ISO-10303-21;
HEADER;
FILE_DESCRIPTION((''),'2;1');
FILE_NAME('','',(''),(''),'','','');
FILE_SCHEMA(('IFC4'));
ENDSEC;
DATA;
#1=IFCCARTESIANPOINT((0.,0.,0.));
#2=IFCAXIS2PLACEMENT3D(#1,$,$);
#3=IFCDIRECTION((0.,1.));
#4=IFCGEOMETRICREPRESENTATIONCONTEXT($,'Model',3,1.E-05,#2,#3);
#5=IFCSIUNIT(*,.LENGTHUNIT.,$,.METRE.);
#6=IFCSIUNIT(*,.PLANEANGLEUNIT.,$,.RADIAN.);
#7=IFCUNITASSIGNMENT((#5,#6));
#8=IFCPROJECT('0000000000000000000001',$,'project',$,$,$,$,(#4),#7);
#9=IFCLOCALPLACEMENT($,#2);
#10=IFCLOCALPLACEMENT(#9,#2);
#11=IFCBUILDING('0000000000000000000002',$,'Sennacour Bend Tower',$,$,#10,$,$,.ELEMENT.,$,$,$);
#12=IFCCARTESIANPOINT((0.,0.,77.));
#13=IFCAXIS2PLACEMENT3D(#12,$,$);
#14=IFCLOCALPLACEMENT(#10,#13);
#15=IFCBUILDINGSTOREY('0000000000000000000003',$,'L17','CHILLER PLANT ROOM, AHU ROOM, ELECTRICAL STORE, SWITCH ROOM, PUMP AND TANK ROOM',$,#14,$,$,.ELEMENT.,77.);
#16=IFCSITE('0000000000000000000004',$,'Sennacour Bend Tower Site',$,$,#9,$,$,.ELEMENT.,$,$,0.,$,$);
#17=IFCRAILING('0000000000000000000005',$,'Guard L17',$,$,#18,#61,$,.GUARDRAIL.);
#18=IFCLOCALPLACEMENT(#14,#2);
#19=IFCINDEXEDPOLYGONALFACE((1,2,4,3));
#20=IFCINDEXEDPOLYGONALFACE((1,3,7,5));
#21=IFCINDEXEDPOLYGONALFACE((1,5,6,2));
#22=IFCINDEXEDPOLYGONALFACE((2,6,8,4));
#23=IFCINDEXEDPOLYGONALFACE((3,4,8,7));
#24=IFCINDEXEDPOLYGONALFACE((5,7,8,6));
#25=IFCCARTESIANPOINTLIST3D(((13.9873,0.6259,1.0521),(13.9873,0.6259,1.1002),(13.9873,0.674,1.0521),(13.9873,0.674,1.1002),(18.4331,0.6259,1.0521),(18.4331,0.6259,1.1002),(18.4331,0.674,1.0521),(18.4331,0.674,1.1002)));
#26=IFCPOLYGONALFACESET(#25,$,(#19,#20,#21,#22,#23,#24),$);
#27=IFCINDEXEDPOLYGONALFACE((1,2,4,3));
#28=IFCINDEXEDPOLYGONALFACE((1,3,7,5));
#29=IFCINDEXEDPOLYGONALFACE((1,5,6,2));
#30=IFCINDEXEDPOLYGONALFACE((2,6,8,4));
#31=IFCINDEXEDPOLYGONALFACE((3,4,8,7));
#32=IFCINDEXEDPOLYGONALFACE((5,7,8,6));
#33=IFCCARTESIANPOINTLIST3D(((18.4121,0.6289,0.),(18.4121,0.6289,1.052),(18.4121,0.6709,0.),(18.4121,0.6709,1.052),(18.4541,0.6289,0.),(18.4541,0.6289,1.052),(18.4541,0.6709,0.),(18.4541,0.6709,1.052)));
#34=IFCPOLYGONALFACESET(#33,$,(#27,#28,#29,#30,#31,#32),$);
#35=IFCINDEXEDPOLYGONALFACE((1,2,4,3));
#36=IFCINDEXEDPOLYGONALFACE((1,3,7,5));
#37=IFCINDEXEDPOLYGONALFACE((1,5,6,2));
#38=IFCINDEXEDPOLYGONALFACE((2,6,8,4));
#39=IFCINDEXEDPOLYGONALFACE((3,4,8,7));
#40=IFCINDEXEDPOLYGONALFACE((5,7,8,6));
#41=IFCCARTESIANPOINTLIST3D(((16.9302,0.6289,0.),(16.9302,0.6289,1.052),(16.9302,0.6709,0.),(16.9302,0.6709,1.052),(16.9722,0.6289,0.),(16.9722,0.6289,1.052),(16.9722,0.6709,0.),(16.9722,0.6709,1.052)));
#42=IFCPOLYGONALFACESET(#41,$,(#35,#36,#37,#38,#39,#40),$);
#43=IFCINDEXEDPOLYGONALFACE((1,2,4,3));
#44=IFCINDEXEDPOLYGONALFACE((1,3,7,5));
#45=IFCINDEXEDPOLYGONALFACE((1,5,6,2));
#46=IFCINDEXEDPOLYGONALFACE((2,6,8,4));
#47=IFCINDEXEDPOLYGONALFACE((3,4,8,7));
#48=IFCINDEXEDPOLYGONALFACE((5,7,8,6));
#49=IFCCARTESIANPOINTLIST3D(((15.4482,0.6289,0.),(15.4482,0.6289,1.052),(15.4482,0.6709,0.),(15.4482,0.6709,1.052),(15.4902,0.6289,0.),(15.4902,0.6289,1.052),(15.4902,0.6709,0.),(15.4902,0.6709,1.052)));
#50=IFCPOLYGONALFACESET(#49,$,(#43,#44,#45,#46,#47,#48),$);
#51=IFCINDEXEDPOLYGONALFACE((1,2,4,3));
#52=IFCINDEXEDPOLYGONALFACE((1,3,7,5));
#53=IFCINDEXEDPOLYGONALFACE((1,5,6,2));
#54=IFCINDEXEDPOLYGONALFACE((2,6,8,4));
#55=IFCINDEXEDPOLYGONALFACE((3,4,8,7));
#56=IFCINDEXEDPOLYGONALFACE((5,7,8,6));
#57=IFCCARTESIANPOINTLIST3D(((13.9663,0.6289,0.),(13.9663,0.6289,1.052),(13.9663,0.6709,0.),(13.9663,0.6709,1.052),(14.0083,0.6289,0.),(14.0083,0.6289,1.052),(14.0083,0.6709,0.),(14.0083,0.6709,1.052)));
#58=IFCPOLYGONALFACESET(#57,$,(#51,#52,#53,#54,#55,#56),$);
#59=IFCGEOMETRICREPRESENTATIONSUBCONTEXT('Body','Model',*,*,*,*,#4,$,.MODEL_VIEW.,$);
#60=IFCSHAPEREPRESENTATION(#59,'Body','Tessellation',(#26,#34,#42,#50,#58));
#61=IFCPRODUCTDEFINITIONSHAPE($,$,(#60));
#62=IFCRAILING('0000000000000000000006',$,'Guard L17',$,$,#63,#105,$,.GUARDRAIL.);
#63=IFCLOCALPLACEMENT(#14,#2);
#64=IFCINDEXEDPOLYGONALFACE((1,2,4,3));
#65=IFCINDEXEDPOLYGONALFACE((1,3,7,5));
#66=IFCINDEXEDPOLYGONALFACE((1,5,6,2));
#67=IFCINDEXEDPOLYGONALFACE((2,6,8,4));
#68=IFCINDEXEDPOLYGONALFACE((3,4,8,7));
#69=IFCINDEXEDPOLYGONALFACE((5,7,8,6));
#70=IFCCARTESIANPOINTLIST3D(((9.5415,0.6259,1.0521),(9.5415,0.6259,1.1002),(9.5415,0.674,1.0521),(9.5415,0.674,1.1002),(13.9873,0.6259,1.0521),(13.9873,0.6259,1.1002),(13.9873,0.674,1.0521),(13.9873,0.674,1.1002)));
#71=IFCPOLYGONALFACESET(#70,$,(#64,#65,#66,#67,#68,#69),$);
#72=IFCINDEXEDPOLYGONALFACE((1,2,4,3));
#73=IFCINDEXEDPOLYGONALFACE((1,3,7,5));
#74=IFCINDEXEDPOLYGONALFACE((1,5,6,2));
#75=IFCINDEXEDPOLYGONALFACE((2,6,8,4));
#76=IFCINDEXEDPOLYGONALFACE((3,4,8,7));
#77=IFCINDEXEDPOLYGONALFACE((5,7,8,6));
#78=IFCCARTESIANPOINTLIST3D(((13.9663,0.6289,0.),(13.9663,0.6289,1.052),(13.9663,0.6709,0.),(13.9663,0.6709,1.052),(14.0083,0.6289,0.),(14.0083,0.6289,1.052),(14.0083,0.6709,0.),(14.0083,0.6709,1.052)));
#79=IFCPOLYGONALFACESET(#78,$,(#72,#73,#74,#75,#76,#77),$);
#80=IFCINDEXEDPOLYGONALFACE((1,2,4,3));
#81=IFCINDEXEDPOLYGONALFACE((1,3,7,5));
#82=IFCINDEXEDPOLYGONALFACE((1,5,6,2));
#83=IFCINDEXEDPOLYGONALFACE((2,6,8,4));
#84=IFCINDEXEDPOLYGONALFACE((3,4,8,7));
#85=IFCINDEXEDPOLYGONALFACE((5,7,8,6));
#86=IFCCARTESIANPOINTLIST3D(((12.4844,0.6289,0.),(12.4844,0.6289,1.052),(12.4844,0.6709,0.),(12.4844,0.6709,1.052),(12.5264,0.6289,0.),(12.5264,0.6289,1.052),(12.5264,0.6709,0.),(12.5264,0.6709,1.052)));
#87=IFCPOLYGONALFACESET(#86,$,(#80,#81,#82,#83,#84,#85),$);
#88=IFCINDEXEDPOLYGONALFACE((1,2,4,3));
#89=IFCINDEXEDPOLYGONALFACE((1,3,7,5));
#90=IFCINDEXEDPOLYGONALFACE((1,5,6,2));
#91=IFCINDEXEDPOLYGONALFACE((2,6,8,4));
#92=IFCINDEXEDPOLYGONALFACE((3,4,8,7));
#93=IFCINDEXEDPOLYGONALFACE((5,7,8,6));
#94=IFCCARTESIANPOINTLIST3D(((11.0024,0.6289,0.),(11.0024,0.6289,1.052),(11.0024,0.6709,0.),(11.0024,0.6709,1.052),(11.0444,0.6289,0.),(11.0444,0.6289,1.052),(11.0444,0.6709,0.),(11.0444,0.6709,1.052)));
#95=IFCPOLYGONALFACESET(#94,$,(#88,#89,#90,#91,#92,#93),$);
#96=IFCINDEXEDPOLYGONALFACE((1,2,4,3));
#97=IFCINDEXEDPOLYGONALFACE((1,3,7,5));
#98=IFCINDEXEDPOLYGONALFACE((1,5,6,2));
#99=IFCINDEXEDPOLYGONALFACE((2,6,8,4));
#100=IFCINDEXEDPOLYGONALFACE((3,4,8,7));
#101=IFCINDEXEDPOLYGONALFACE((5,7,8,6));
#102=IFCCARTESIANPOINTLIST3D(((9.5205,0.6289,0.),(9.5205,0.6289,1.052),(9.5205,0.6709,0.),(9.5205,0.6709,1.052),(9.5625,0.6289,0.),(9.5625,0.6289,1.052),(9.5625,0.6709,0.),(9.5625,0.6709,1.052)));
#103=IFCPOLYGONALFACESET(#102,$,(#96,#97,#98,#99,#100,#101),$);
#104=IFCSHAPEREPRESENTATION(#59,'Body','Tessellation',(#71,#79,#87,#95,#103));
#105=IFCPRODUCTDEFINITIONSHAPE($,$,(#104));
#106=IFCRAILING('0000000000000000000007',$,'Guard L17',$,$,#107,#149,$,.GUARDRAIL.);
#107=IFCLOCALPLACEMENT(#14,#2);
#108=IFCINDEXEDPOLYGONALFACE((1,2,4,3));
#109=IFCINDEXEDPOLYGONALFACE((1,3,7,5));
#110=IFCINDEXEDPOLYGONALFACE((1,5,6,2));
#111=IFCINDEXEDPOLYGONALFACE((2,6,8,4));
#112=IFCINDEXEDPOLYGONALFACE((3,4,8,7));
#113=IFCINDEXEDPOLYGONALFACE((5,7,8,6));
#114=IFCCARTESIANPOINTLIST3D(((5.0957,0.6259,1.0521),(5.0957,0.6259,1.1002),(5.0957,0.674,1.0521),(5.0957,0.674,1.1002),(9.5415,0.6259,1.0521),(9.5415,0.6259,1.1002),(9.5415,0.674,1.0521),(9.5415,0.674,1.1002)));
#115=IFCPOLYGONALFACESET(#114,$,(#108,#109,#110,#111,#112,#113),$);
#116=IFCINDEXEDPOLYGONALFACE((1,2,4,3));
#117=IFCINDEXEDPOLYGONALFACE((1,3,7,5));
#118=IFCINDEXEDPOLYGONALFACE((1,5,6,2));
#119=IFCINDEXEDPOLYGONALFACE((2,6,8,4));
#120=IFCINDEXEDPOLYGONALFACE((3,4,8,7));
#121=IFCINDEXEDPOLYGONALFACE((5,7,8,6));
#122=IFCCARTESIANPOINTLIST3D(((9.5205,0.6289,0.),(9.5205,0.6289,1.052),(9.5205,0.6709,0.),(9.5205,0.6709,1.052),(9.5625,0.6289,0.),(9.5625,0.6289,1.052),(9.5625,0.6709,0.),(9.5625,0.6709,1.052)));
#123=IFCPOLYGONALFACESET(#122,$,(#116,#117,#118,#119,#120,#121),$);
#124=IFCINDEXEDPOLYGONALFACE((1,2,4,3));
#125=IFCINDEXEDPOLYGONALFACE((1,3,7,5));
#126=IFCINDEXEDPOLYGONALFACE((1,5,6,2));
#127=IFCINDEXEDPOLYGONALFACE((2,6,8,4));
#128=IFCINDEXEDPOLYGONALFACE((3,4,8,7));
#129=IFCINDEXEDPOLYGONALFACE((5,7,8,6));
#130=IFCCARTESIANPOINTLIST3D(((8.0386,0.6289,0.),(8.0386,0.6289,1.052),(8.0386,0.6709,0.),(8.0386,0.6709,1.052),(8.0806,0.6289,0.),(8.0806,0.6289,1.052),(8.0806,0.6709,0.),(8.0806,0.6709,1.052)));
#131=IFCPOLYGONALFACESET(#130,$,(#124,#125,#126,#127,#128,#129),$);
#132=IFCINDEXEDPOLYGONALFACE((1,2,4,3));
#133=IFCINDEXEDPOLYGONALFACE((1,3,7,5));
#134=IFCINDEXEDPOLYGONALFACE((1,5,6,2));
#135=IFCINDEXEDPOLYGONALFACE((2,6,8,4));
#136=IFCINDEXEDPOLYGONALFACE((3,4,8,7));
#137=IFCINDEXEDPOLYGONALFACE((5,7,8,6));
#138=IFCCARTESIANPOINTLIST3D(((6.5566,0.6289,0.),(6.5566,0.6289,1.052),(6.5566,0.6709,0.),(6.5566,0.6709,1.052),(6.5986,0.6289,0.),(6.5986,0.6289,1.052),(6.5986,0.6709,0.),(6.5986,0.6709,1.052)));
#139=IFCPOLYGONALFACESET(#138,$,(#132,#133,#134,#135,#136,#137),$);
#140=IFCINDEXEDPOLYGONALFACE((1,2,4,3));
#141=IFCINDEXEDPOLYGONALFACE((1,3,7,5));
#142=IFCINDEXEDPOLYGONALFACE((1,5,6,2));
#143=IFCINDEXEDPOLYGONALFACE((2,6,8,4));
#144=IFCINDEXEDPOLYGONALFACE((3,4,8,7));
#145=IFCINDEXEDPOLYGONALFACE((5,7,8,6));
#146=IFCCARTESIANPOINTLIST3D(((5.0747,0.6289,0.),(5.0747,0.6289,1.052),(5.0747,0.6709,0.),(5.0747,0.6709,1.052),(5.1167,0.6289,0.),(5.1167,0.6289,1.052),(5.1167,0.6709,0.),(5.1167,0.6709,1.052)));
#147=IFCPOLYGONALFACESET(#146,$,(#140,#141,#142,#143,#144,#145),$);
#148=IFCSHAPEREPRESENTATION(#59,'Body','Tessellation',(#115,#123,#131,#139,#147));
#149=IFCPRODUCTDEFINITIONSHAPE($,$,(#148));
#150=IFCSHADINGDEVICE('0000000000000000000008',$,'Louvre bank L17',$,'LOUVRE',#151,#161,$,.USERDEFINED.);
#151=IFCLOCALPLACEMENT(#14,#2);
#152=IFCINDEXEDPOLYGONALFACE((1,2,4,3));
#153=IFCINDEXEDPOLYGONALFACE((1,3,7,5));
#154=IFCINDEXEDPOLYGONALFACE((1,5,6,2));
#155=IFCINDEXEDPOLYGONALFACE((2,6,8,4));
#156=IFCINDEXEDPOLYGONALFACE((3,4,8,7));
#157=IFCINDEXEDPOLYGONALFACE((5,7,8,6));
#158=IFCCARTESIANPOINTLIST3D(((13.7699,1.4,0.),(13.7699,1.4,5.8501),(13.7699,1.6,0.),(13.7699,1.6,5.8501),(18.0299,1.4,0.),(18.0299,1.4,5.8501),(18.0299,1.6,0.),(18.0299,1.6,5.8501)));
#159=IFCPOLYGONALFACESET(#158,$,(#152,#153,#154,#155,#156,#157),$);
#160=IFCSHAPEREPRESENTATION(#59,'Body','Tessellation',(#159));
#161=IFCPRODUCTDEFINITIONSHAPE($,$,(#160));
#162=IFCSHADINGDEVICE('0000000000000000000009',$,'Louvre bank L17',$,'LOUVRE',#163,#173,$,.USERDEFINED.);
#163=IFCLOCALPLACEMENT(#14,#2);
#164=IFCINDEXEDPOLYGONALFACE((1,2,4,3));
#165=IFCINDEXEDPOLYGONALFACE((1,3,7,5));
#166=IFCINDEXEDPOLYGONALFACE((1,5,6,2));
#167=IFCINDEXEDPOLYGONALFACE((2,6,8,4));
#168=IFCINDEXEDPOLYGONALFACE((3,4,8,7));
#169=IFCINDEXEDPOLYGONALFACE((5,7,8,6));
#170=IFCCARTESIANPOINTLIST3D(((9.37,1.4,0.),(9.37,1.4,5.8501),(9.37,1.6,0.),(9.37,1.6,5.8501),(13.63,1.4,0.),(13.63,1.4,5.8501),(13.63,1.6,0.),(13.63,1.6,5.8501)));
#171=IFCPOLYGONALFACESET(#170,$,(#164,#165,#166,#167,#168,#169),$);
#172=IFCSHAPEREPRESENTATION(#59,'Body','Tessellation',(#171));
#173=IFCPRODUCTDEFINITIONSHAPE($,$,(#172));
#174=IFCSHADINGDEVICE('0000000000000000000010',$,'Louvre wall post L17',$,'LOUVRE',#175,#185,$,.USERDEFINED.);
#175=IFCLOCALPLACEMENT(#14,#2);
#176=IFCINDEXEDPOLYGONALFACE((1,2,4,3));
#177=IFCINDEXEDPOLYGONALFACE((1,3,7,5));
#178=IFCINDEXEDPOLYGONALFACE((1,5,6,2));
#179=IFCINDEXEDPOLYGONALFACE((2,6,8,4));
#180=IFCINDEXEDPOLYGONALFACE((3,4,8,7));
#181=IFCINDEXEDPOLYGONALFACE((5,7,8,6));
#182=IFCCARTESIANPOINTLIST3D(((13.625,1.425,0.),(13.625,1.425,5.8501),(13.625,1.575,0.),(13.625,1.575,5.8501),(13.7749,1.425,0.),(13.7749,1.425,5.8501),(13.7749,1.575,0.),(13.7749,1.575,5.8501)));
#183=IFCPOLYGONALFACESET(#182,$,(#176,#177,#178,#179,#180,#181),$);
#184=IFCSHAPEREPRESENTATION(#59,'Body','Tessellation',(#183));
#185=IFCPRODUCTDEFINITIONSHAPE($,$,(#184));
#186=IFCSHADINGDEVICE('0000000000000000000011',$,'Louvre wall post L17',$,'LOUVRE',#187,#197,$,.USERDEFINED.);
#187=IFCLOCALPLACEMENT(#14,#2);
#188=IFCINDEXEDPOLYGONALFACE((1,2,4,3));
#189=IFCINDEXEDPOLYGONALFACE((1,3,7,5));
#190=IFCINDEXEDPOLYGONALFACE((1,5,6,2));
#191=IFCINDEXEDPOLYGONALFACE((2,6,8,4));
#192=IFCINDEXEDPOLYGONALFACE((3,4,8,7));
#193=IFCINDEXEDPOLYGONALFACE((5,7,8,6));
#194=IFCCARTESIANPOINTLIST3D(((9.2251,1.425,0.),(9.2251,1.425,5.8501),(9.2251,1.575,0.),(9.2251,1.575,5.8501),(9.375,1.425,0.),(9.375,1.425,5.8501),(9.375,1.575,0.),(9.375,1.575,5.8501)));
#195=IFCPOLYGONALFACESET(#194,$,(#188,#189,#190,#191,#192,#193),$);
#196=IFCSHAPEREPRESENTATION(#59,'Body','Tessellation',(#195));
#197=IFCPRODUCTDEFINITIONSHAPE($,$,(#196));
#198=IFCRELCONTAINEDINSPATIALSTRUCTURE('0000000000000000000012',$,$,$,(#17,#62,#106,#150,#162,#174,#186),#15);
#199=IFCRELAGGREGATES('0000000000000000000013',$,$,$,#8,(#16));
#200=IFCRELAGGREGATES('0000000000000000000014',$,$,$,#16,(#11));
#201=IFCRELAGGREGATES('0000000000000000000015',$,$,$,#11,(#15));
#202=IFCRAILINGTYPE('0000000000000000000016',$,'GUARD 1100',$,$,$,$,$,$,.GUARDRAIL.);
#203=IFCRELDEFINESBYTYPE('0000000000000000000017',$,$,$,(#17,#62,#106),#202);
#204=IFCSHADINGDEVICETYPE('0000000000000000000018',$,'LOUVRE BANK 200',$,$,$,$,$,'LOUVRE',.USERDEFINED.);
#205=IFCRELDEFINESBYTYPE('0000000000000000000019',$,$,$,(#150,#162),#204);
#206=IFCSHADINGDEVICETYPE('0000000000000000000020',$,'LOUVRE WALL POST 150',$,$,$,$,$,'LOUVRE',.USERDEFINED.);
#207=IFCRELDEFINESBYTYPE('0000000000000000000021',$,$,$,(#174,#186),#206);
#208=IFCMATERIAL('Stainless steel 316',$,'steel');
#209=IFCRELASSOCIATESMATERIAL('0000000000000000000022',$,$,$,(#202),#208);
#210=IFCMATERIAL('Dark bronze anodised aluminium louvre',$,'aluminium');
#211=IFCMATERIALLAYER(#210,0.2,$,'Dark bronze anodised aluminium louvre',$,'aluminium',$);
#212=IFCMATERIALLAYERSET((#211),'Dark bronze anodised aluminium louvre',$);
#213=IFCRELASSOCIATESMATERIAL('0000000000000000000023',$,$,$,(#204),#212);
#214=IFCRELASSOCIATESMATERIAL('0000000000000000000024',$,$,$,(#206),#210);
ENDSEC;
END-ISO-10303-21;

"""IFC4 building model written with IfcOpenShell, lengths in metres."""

from ifc_helpers import new_model, si_unit, direction, frame, origin, origin_2d, place, context, subcontext, project, spatial, rectangle, extrude, material, layer, layer_set, type_object, element, save


model = new_model("IFC4")

# Units and contexts
model_context = context("Model", 3, precision=1e-05, world=origin(), true_north=direction((0.0, 1.0)))
body_context = subcontext(model_context, "Body", "Model", "MODEL_VIEW")
ifc_project = project(units=[si_unit("LENGTHUNIT", "METRE"), si_unit("PLANEANGLEUNIT", "RADIAN")], contexts=[model_context])

# Site, building, storey
site_placement = place(None, origin())
site = spatial("IfcSite", under=ifc_project, at=site_placement, Name="Sennacour Bend Tower Site", CompositionType="ELEMENT", RefElevation=0.0)
building_placement = place(site_placement, origin())
building = spatial("IfcBuilding", under=site, at=building_placement, Name="Sennacour Bend Tower", CompositionType="ELEMENT")
storey_placement = place(building_placement, frame((0.0, 0.0, 77.0)))
storey = spatial("IfcBuildingStorey", under=building, at=storey_placement, Name="L17", Description="CHILLER PLANT ROOM, AHU ROOM, ELECTRICAL STORE, SWITCH ROOM, PUMP AND TANK ROOM", CompositionType="ELEMENT", Elevation=77.0)

# Railings
ifc_material_1 = material(Name="Stainless steel 316", Category="steel")
railing_type = type_object("IfcRailingType", Name="GUARD 1100", PredefinedType="GUARDRAIL", material=ifc_material_1)
for number, where, name in (
    (1, (18.4331, 0.6499, 0.0), "Guard L17"),
    (2, (13.9873, 0.6499, 0.0), "Guard L17"),
    (3, (9.5415, 0.6499, 0.0), "Guard L17"),
):
    element("IfcRailing", number, at=place(storey_placement, frame(where)), inside=storey, type_object=railing_type, Name=name, PredefinedType="GUARDRAIL", context=body_context, shape_type="SweptSolid", body=[
        extrude(rectangle(XDim=0.0481, YDim=0.0481, at=origin_2d()), frame((0.0, 0.0, 1.0762), z_axis=(-1.0, 0.0, 0.0), x_axis=(0.0, -1.0, 0.0)), (0.0, 0.0, 1.0), 4.4458),
        extrude(rectangle(XDim=0.042, YDim=0.042, at=origin_2d()), origin(), (0.0, 0.0, 1.0), 1.052),
        extrude(rectangle(XDim=0.042, YDim=0.042, at=origin_2d()), frame((-1.4819, 0.0, 0.0)), (0.0, 0.0, 1.0), 1.052),
        extrude(rectangle(XDim=0.042, YDim=0.042, at=origin_2d()), frame((-2.9639, 0.0, 0.0)), (0.0, 0.0, 1.0), 1.052),
        extrude(rectangle(XDim=0.042, YDim=0.042, at=origin_2d()), frame((-4.4458, 0.0, 0.0)), (0.0, 0.0, 1.0), 1.052),
    ])

# Shading devices
ifc_material_2 = material(Name="Dark bronze anodised aluminium louvre", Category="aluminium")
ifc_layer_1 = layer(ifc_material_2, 0.2, Name="Dark bronze anodised aluminium louvre", Category="aluminium")
ifc_layer_set_1 = layer_set([ifc_layer_1], Name="Dark bronze anodised aluminium louvre")
shading_device_type_1 = type_object("IfcShadingDeviceType", Name="LOUVRE BANK 200", ElementType="LOUVRE", PredefinedType="USERDEFINED", material=ifc_layer_set_1)
for number, where, z_axis, x_axis, name in (
    (4, (15.8999, 1.5, 0.0), (0.0, 0.0, 1.0), (-1.0, 0.0, 0.0), "Louvre bank L17"),
    (5, (11.5, 1.5, 0.0), (0.0, 0.0, 1.0), (-1.0, 0.0, 0.0), "Louvre bank L17"),
):
    element("IfcShadingDevice", number, at=place(storey_placement, frame(where, z_axis=z_axis, x_axis=x_axis)), inside=storey, type_object=shading_device_type_1, Name=name, ObjectType="LOUVRE", PredefinedType="USERDEFINED", context=body_context, shape_type="SweptSolid", body=[
        extrude(rectangle(XDim=4.26, YDim=0.2, at=origin_2d()), origin(), (0.0, 0.0, 1.0), 5.8501),
    ])
shading_device_type_2 = type_object("IfcShadingDeviceType", Name="LOUVRE WALL POST 150", ElementType="LOUVRE", PredefinedType="USERDEFINED", material=ifc_material_2)
for number, where, z_axis, x_axis, name in (
    (6, (13.7, 1.5, 0.0), (0.0, 0.0, 1.0), (1.0, 0.0, 0.0), "Louvre wall post L17"),
    (7, (9.3, 1.5, 0.0), (0.0, 0.0, 1.0), (1.0, 0.0, 0.0), "Louvre wall post L17"),
):
    element("IfcShadingDevice", number, at=place(storey_placement, frame(where, z_axis=z_axis, x_axis=x_axis)), inside=storey, type_object=shading_device_type_2, Name=name, ObjectType="LOUVRE", PredefinedType="USERDEFINED", context=body_context, shape_type="SweptSolid", body=[
        extrude(rectangle(XDim=0.1499, YDim=0.1499, at=origin_2d()), origin(), (0.0, 0.0, 1.0), 5.8501),
    ])

save(model, "model.ifc")
